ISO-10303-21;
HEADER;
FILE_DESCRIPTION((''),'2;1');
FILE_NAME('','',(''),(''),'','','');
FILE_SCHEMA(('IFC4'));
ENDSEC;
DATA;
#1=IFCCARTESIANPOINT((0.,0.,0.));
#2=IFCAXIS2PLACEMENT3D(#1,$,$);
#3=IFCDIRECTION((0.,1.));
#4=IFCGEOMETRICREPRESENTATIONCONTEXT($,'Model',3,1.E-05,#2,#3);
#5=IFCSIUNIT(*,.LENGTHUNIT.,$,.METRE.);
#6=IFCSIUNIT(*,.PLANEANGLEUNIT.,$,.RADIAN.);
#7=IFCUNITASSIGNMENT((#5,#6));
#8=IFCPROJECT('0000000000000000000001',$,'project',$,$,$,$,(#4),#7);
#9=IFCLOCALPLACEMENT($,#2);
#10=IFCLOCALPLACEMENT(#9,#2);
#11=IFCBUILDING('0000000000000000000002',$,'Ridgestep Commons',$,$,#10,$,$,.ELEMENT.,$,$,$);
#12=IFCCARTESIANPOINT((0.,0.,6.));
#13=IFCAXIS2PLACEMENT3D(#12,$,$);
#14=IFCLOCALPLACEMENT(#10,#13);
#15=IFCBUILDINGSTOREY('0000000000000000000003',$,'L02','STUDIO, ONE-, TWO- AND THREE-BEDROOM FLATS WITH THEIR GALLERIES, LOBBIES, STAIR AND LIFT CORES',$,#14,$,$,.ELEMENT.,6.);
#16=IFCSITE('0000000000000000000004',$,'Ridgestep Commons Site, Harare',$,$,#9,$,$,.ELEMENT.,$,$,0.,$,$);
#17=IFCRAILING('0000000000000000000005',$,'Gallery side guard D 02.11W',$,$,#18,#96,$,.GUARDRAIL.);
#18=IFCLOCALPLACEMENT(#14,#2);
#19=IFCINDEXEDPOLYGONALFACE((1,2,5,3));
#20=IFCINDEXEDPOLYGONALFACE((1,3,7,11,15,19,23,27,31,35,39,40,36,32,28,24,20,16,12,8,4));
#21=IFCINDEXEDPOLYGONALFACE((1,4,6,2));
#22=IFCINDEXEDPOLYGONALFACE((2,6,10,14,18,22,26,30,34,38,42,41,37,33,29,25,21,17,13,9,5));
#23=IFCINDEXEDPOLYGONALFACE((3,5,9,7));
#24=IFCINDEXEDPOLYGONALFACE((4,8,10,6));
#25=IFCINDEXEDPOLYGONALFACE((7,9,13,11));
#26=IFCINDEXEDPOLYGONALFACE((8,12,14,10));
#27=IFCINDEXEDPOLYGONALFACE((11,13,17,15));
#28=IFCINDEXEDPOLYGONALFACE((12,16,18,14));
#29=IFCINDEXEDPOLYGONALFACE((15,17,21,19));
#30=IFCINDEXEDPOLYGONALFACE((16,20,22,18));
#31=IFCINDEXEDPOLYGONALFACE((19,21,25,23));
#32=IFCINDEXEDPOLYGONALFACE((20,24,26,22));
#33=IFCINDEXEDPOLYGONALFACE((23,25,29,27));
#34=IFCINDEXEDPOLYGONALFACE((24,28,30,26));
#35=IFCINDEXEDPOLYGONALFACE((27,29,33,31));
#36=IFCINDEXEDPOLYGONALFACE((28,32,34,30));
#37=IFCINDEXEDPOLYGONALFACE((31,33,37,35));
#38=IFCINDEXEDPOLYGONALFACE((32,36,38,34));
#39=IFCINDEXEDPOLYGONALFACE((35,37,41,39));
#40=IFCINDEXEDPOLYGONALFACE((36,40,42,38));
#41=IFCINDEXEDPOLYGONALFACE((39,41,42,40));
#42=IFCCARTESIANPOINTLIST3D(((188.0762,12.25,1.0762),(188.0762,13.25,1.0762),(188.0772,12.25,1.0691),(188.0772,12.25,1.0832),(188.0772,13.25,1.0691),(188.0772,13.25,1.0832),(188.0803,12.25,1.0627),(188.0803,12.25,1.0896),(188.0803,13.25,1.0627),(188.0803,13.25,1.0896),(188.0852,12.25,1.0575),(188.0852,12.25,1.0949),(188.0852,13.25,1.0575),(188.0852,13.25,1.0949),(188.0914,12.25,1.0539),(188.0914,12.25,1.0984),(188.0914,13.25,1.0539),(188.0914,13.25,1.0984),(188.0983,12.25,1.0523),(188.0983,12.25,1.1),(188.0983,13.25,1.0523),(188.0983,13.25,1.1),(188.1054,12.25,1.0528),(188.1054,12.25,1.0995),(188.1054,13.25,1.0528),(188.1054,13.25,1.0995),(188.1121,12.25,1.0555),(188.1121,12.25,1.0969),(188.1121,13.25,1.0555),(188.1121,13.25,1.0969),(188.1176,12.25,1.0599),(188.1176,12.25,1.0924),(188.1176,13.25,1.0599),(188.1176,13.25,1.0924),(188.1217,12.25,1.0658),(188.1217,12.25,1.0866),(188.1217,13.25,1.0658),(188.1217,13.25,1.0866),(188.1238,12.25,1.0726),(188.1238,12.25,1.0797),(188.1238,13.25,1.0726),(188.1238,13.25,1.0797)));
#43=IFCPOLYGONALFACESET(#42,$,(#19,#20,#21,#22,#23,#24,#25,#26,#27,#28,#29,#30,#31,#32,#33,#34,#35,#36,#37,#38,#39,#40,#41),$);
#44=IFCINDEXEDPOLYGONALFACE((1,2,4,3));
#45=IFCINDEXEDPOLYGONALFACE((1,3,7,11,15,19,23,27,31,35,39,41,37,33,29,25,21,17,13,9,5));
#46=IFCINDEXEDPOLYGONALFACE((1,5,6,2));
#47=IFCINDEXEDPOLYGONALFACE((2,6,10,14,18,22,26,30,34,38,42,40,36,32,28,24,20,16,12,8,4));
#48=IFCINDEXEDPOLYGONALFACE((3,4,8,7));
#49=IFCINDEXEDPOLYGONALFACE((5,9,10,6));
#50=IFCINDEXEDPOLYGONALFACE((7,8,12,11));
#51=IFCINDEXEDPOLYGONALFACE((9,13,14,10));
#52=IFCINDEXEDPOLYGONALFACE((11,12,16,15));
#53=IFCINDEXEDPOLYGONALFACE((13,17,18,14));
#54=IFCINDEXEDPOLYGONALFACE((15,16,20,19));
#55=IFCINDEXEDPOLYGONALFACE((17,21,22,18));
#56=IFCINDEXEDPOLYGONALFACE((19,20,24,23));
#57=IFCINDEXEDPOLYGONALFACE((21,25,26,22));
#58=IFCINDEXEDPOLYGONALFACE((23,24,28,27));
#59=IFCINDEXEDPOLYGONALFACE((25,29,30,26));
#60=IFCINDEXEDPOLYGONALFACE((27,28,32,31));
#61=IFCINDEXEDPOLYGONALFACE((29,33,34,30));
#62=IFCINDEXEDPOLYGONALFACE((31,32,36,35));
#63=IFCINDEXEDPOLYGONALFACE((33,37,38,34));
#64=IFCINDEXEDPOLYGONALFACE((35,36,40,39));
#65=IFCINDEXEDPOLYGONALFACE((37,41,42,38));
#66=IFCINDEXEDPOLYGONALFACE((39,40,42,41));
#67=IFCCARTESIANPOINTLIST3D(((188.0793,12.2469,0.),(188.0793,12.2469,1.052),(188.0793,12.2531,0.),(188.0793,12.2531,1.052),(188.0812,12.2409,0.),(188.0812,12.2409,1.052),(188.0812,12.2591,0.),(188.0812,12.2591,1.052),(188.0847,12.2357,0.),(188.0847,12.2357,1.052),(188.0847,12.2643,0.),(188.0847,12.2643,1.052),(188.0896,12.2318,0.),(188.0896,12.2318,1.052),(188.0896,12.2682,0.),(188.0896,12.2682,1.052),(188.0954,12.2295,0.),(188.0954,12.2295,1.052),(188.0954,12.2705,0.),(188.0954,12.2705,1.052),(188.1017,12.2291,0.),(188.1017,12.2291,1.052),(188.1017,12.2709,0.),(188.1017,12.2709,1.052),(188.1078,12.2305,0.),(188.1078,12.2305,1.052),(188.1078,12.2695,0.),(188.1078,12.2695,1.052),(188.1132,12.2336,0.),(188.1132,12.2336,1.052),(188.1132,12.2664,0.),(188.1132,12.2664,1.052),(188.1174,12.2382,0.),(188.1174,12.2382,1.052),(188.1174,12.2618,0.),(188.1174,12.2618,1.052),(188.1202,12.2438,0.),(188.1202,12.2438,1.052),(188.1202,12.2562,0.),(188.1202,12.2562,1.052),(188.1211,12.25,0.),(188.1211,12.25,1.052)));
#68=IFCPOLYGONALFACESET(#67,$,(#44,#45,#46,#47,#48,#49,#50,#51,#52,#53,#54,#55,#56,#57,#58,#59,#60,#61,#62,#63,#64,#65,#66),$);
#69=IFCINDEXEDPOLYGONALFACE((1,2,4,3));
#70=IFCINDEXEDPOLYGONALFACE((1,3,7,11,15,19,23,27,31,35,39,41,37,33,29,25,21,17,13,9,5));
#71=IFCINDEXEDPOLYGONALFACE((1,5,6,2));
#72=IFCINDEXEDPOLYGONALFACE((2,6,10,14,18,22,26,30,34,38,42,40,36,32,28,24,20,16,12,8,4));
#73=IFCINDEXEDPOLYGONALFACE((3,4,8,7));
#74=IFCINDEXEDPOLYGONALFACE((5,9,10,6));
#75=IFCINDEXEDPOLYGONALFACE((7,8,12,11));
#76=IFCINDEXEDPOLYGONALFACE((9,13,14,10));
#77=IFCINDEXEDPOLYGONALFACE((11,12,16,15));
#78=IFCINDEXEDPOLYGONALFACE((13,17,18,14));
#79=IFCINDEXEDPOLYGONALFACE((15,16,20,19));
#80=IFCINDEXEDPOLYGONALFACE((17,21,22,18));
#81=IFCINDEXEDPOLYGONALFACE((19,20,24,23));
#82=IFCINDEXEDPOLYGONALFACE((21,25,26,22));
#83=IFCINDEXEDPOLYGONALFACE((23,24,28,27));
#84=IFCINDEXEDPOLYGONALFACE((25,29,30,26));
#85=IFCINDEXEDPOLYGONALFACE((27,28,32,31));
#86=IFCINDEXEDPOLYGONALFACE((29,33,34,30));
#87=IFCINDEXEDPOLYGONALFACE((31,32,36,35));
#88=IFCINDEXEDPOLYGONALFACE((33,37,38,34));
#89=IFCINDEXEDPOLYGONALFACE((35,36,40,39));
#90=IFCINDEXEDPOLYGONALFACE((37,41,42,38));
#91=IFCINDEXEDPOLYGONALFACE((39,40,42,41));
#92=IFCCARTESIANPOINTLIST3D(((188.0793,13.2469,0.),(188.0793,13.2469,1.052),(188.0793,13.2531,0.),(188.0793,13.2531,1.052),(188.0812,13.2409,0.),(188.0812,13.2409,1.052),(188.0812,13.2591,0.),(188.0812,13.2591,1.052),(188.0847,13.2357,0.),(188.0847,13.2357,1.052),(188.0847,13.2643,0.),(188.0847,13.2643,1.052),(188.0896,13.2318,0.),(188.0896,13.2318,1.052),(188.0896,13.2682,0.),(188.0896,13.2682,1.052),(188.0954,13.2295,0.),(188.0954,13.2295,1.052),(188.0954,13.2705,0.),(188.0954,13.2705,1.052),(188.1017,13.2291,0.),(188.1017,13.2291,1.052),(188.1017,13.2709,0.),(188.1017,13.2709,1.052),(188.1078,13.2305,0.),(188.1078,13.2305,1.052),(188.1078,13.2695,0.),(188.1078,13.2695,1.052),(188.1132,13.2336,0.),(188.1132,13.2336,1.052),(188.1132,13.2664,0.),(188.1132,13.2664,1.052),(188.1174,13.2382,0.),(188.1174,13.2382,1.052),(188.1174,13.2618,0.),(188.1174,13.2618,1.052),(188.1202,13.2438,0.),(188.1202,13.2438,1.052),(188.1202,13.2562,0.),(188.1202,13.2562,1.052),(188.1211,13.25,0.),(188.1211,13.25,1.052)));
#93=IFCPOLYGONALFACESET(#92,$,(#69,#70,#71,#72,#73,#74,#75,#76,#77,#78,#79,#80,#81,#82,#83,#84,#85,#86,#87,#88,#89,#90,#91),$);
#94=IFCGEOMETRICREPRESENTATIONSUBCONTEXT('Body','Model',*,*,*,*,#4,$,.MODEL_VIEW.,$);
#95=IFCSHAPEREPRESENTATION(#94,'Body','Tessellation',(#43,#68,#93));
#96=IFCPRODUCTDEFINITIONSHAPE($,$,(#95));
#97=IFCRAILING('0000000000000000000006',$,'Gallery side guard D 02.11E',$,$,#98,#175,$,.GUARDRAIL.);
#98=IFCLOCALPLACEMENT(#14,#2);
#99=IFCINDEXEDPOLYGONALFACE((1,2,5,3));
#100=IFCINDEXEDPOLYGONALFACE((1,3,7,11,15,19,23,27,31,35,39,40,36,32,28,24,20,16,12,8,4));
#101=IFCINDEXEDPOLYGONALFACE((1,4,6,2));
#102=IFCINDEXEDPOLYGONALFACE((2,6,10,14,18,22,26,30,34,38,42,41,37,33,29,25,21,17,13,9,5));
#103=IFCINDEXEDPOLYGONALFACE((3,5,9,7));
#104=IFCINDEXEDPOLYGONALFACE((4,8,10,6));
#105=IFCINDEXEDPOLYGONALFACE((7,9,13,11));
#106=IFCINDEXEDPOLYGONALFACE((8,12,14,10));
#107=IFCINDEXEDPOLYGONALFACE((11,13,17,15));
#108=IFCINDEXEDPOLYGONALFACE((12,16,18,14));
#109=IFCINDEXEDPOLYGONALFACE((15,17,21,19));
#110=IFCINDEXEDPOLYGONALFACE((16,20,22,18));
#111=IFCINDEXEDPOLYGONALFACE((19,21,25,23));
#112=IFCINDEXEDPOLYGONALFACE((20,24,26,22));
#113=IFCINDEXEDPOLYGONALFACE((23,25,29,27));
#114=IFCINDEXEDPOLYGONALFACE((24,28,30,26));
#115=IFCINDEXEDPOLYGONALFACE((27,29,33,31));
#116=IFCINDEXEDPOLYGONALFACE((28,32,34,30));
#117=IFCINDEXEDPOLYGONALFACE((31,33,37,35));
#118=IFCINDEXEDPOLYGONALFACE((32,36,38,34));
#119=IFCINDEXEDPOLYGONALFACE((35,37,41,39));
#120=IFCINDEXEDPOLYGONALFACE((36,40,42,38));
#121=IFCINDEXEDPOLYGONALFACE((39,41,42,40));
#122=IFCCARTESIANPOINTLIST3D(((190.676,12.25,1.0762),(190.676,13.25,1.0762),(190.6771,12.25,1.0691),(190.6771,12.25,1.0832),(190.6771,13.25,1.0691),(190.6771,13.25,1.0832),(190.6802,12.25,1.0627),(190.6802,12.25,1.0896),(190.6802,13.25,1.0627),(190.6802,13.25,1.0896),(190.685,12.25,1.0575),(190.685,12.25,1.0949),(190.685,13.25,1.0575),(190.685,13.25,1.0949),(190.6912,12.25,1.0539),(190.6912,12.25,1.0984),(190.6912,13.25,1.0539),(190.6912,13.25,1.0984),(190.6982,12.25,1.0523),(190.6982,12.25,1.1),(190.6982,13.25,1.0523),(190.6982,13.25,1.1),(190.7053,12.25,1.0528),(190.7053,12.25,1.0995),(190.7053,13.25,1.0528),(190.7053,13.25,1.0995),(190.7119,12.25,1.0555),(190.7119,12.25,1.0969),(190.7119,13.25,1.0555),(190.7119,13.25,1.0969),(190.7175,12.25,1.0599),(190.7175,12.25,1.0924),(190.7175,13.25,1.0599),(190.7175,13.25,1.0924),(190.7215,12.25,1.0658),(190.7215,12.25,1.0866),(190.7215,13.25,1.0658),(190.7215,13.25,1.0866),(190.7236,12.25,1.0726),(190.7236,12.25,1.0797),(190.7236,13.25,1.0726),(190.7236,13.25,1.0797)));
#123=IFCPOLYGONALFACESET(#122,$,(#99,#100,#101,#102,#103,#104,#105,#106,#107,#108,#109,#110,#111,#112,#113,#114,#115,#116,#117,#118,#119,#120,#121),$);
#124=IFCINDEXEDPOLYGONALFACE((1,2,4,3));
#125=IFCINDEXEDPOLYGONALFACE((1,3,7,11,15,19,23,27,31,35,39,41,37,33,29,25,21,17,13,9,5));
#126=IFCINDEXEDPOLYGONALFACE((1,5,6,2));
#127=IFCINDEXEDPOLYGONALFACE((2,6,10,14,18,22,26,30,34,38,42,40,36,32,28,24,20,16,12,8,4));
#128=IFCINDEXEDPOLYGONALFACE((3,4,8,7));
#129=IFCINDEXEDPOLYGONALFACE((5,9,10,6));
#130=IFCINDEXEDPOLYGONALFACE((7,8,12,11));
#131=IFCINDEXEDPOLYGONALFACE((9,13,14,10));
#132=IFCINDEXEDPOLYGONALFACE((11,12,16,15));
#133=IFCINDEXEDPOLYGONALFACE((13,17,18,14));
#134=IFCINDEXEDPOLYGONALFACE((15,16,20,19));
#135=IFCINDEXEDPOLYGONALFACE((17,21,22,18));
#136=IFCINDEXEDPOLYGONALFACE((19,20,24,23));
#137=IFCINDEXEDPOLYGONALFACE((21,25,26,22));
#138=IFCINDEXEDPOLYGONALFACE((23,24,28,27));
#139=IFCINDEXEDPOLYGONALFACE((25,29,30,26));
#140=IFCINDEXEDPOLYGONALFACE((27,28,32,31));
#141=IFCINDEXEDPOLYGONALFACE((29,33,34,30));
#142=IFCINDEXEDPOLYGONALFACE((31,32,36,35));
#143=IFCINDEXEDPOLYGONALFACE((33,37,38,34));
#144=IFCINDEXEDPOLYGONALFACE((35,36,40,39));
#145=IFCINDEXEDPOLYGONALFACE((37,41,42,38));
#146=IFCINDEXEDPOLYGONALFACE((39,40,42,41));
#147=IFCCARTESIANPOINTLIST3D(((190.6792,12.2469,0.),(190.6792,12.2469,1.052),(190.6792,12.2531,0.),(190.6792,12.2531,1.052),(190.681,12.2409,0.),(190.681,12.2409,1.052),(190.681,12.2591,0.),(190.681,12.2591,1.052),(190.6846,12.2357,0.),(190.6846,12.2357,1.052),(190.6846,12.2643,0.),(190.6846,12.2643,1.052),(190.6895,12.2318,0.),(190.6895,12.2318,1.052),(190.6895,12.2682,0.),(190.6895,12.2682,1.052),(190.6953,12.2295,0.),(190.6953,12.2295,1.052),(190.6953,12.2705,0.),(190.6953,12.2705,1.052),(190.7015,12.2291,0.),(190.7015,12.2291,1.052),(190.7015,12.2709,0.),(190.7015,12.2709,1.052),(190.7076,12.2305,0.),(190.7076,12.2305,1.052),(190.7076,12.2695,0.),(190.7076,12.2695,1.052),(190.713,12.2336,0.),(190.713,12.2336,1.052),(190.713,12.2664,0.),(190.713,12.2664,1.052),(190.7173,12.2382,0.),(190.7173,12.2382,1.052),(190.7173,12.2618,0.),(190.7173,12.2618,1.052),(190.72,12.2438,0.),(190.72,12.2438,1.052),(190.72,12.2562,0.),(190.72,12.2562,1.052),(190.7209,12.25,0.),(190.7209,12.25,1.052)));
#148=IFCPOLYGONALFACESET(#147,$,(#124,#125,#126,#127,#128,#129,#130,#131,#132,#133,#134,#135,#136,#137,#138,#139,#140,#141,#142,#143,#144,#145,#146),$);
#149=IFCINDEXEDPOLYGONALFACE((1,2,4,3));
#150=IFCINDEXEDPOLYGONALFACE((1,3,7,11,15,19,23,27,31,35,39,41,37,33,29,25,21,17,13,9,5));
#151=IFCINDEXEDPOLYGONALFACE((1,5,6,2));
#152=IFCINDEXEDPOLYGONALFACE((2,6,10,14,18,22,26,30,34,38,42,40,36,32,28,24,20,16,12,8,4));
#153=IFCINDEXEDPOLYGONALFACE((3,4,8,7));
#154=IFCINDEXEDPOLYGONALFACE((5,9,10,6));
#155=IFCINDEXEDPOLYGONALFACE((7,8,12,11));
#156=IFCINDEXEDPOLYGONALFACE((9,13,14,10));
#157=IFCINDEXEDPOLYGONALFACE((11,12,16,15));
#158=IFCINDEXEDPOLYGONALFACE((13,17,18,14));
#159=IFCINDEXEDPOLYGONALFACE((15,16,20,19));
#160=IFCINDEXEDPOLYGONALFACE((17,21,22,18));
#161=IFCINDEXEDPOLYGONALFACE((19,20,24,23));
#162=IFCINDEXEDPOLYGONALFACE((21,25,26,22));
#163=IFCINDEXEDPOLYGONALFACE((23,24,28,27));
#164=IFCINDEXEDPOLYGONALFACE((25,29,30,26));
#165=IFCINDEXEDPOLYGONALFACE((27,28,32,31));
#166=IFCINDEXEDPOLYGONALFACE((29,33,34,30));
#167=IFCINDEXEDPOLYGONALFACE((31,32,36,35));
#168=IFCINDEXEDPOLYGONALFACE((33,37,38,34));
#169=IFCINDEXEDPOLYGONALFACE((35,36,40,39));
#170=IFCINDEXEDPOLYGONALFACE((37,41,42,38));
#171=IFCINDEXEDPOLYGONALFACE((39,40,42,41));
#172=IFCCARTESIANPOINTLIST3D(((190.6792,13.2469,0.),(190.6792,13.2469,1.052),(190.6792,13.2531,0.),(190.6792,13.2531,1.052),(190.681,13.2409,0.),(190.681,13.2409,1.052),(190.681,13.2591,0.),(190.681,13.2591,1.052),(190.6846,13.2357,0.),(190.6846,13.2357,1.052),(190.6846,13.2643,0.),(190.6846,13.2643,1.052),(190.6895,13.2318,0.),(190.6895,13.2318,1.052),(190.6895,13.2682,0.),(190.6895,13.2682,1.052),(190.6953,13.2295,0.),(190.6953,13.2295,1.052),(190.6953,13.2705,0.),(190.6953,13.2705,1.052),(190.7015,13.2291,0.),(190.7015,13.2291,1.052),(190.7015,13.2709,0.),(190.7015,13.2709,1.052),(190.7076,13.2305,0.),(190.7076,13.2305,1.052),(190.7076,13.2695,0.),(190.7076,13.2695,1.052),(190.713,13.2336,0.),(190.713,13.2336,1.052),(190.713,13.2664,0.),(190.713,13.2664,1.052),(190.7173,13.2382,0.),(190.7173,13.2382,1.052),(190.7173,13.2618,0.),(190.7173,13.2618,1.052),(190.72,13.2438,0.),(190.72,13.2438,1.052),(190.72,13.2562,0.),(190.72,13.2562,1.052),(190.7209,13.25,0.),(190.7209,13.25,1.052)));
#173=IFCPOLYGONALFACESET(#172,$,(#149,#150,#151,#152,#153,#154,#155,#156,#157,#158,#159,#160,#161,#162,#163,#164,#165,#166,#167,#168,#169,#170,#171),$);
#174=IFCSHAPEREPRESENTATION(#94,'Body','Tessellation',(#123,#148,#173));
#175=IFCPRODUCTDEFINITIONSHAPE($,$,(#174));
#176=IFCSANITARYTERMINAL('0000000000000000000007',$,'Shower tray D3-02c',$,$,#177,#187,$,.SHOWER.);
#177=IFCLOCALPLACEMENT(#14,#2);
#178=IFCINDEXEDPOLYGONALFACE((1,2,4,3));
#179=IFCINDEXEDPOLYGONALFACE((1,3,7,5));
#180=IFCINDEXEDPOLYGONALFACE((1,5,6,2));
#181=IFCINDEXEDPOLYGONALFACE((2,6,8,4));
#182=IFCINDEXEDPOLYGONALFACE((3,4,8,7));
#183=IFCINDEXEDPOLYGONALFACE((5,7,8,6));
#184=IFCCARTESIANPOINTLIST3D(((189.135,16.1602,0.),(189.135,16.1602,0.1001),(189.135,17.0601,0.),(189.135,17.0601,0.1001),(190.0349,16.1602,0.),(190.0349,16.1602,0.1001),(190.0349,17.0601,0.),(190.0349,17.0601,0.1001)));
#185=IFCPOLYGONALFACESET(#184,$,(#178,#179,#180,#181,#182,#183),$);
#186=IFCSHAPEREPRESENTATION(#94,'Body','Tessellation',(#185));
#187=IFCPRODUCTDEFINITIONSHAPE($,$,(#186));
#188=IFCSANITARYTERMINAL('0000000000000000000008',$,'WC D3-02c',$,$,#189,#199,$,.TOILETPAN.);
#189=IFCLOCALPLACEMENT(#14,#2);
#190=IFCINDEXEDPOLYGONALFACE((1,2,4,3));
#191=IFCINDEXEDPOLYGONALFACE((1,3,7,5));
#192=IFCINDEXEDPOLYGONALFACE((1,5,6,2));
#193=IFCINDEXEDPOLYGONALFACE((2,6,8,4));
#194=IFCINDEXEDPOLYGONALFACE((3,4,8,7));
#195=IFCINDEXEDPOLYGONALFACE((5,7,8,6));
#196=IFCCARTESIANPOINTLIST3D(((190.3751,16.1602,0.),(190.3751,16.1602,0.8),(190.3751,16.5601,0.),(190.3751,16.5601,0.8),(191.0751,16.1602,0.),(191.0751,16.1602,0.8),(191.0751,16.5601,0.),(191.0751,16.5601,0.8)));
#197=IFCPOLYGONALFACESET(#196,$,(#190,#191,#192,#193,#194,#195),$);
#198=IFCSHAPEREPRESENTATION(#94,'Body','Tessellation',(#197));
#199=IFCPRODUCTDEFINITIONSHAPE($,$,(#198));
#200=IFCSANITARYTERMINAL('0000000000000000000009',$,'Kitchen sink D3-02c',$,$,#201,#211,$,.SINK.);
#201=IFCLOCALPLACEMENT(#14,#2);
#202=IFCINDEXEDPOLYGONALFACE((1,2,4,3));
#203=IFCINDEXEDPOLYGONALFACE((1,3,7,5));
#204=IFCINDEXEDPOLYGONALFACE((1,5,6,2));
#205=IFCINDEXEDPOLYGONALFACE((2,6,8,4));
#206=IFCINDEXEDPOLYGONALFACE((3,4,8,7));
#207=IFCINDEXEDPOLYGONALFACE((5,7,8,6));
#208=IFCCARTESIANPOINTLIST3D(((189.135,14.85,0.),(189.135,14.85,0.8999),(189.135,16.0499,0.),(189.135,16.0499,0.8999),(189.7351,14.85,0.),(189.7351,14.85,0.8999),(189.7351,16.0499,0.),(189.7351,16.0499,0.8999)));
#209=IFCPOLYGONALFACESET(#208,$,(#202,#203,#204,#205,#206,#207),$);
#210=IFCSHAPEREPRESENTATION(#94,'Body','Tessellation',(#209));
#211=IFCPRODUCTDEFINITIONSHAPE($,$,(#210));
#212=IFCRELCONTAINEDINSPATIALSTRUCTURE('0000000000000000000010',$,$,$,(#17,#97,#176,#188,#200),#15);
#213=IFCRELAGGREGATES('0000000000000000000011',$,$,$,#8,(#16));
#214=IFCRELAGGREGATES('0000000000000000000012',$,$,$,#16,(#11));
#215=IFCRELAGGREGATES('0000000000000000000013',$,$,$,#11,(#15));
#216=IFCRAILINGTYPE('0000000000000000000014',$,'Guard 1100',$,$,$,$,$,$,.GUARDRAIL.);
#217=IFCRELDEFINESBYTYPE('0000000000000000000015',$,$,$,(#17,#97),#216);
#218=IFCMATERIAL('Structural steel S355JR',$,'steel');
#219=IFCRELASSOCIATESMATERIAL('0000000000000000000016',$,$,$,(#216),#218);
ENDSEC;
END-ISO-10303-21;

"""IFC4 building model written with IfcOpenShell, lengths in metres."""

from ifc_helpers import new_model, si_unit, direction, frame, origin, origin_2d, place, context, subcontext, project, spatial, rectangle, circle, extrude, material, type_object, element, save


model = new_model("IFC4")

# Units and contexts
model_context = context("Model", 3, precision=1e-05, world=origin(), true_north=direction((0.0, 1.0)))
body_context = subcontext(model_context, "Body", "Model", "MODEL_VIEW")
ifc_project = project(units=[si_unit("LENGTHUNIT", "METRE"), si_unit("PLANEANGLEUNIT", "RADIAN")], contexts=[model_context])

# Site, building, storey
site_placement = place(None, origin())
site = spatial("IfcSite", under=ifc_project, at=site_placement, Name="Ridgestep Commons Site, Harare", CompositionType="ELEMENT", RefElevation=0.0)
building_placement = place(site_placement, origin())
building = spatial("IfcBuilding", under=site, at=building_placement, Name="Ridgestep Commons", CompositionType="ELEMENT")
storey_placement = place(building_placement, frame((0.0, 0.0, 6.0)))
storey = spatial("IfcBuildingStorey", under=building, at=storey_placement, Name="L02", Description="STUDIO, ONE-, TWO- AND THREE-BEDROOM FLATS WITH THEIR GALLERIES, LOBBIES, STAIR AND LIFT CORES", CompositionType="ELEMENT", Elevation=6.0)

# Railings
ifc_material_1 = material(Name="Structural steel S355JR", Category="steel")
railing_type = type_object("IfcRailingType", Name="Guard 1100", PredefinedType="GUARDRAIL", material=ifc_material_1)
for number, where, name in (
    (1, (188.1001, 12.25, 0.0), "Gallery side guard D 02.11W"),
    (2, (190.7, 12.25, 0.0), "Gallery side guard D 02.11E"),
):
    element("IfcRailing", number, at=place(storey_placement, frame(where)), inside=storey, type_object=railing_type, Name=name, PredefinedType="GUARDRAIL", context=body_context, shape_type="SweptSolid", body=[
        extrude(circle(Radius=0.0239, at=origin_2d()), frame((0.0, 0.0, 1.0762), z_axis=(0.0, 1.0, 0.0), x_axis=(-1.0, 0.0, 0.0)), (0.0, 0.0, 1.0), 1.0),
        extrude(circle(Radius=0.021, at=origin_2d()), origin(), (0.0, 0.0, 1.0), 1.052),
        extrude(circle(Radius=0.021, at=origin_2d()), frame((0.0, 1.0, 0.0)), (0.0, 0.0, 1.0), 1.052),
    ])

# Sanitary terminals
sanitary_terminal_1_placement = place(storey_placement, frame((189.585, 16.6101, 0.0), z_axis=(0.0, 0.0, 1.0), x_axis=(1.0, 0.0, 0.0)))
element("IfcSanitaryTerminal", 3, at=sanitary_terminal_1_placement, inside=storey, Name="Shower tray D3-02c", PredefinedType="SHOWER", context=body_context, shape_type="SweptSolid", body=[
    extrude(rectangle(XDim=0.8999, YDim=0.8999, at=origin_2d()), origin(), (0.0, 0.0, 1.0), 0.1001),
])
sanitary_terminal_2_placement = place(storey_placement, frame((190.7251, 16.3601, 0.0), z_axis=(0.0, 0.0, 1.0), x_axis=(1.0, 0.0, 0.0)))
element("IfcSanitaryTerminal", 4, at=sanitary_terminal_2_placement, inside=storey, Name="WC D3-02c", PredefinedType="TOILETPAN", context=body_context, shape_type="SweptSolid", body=[
    extrude(rectangle(XDim=0.7, YDim=0.3999, at=origin_2d()), origin(), (0.0, 0.0, 1.0), 0.8),
])
sanitary_terminal_3_placement = place(storey_placement, frame((189.4351, 15.45, 0.0), z_axis=(0.0, 0.0, 1.0), x_axis=(1.0, 0.0, 0.0)))
element("IfcSanitaryTerminal", 5, at=sanitary_terminal_3_placement, inside=storey, Name="Kitchen sink D3-02c", PredefinedType="SINK", context=body_context, shape_type="SweptSolid", body=[
    extrude(rectangle(XDim=0.6001, YDim=1.2, at=origin_2d()), origin(), (0.0, 0.0, 1.0), 0.8999),
])

save(model, "model.ifc")
